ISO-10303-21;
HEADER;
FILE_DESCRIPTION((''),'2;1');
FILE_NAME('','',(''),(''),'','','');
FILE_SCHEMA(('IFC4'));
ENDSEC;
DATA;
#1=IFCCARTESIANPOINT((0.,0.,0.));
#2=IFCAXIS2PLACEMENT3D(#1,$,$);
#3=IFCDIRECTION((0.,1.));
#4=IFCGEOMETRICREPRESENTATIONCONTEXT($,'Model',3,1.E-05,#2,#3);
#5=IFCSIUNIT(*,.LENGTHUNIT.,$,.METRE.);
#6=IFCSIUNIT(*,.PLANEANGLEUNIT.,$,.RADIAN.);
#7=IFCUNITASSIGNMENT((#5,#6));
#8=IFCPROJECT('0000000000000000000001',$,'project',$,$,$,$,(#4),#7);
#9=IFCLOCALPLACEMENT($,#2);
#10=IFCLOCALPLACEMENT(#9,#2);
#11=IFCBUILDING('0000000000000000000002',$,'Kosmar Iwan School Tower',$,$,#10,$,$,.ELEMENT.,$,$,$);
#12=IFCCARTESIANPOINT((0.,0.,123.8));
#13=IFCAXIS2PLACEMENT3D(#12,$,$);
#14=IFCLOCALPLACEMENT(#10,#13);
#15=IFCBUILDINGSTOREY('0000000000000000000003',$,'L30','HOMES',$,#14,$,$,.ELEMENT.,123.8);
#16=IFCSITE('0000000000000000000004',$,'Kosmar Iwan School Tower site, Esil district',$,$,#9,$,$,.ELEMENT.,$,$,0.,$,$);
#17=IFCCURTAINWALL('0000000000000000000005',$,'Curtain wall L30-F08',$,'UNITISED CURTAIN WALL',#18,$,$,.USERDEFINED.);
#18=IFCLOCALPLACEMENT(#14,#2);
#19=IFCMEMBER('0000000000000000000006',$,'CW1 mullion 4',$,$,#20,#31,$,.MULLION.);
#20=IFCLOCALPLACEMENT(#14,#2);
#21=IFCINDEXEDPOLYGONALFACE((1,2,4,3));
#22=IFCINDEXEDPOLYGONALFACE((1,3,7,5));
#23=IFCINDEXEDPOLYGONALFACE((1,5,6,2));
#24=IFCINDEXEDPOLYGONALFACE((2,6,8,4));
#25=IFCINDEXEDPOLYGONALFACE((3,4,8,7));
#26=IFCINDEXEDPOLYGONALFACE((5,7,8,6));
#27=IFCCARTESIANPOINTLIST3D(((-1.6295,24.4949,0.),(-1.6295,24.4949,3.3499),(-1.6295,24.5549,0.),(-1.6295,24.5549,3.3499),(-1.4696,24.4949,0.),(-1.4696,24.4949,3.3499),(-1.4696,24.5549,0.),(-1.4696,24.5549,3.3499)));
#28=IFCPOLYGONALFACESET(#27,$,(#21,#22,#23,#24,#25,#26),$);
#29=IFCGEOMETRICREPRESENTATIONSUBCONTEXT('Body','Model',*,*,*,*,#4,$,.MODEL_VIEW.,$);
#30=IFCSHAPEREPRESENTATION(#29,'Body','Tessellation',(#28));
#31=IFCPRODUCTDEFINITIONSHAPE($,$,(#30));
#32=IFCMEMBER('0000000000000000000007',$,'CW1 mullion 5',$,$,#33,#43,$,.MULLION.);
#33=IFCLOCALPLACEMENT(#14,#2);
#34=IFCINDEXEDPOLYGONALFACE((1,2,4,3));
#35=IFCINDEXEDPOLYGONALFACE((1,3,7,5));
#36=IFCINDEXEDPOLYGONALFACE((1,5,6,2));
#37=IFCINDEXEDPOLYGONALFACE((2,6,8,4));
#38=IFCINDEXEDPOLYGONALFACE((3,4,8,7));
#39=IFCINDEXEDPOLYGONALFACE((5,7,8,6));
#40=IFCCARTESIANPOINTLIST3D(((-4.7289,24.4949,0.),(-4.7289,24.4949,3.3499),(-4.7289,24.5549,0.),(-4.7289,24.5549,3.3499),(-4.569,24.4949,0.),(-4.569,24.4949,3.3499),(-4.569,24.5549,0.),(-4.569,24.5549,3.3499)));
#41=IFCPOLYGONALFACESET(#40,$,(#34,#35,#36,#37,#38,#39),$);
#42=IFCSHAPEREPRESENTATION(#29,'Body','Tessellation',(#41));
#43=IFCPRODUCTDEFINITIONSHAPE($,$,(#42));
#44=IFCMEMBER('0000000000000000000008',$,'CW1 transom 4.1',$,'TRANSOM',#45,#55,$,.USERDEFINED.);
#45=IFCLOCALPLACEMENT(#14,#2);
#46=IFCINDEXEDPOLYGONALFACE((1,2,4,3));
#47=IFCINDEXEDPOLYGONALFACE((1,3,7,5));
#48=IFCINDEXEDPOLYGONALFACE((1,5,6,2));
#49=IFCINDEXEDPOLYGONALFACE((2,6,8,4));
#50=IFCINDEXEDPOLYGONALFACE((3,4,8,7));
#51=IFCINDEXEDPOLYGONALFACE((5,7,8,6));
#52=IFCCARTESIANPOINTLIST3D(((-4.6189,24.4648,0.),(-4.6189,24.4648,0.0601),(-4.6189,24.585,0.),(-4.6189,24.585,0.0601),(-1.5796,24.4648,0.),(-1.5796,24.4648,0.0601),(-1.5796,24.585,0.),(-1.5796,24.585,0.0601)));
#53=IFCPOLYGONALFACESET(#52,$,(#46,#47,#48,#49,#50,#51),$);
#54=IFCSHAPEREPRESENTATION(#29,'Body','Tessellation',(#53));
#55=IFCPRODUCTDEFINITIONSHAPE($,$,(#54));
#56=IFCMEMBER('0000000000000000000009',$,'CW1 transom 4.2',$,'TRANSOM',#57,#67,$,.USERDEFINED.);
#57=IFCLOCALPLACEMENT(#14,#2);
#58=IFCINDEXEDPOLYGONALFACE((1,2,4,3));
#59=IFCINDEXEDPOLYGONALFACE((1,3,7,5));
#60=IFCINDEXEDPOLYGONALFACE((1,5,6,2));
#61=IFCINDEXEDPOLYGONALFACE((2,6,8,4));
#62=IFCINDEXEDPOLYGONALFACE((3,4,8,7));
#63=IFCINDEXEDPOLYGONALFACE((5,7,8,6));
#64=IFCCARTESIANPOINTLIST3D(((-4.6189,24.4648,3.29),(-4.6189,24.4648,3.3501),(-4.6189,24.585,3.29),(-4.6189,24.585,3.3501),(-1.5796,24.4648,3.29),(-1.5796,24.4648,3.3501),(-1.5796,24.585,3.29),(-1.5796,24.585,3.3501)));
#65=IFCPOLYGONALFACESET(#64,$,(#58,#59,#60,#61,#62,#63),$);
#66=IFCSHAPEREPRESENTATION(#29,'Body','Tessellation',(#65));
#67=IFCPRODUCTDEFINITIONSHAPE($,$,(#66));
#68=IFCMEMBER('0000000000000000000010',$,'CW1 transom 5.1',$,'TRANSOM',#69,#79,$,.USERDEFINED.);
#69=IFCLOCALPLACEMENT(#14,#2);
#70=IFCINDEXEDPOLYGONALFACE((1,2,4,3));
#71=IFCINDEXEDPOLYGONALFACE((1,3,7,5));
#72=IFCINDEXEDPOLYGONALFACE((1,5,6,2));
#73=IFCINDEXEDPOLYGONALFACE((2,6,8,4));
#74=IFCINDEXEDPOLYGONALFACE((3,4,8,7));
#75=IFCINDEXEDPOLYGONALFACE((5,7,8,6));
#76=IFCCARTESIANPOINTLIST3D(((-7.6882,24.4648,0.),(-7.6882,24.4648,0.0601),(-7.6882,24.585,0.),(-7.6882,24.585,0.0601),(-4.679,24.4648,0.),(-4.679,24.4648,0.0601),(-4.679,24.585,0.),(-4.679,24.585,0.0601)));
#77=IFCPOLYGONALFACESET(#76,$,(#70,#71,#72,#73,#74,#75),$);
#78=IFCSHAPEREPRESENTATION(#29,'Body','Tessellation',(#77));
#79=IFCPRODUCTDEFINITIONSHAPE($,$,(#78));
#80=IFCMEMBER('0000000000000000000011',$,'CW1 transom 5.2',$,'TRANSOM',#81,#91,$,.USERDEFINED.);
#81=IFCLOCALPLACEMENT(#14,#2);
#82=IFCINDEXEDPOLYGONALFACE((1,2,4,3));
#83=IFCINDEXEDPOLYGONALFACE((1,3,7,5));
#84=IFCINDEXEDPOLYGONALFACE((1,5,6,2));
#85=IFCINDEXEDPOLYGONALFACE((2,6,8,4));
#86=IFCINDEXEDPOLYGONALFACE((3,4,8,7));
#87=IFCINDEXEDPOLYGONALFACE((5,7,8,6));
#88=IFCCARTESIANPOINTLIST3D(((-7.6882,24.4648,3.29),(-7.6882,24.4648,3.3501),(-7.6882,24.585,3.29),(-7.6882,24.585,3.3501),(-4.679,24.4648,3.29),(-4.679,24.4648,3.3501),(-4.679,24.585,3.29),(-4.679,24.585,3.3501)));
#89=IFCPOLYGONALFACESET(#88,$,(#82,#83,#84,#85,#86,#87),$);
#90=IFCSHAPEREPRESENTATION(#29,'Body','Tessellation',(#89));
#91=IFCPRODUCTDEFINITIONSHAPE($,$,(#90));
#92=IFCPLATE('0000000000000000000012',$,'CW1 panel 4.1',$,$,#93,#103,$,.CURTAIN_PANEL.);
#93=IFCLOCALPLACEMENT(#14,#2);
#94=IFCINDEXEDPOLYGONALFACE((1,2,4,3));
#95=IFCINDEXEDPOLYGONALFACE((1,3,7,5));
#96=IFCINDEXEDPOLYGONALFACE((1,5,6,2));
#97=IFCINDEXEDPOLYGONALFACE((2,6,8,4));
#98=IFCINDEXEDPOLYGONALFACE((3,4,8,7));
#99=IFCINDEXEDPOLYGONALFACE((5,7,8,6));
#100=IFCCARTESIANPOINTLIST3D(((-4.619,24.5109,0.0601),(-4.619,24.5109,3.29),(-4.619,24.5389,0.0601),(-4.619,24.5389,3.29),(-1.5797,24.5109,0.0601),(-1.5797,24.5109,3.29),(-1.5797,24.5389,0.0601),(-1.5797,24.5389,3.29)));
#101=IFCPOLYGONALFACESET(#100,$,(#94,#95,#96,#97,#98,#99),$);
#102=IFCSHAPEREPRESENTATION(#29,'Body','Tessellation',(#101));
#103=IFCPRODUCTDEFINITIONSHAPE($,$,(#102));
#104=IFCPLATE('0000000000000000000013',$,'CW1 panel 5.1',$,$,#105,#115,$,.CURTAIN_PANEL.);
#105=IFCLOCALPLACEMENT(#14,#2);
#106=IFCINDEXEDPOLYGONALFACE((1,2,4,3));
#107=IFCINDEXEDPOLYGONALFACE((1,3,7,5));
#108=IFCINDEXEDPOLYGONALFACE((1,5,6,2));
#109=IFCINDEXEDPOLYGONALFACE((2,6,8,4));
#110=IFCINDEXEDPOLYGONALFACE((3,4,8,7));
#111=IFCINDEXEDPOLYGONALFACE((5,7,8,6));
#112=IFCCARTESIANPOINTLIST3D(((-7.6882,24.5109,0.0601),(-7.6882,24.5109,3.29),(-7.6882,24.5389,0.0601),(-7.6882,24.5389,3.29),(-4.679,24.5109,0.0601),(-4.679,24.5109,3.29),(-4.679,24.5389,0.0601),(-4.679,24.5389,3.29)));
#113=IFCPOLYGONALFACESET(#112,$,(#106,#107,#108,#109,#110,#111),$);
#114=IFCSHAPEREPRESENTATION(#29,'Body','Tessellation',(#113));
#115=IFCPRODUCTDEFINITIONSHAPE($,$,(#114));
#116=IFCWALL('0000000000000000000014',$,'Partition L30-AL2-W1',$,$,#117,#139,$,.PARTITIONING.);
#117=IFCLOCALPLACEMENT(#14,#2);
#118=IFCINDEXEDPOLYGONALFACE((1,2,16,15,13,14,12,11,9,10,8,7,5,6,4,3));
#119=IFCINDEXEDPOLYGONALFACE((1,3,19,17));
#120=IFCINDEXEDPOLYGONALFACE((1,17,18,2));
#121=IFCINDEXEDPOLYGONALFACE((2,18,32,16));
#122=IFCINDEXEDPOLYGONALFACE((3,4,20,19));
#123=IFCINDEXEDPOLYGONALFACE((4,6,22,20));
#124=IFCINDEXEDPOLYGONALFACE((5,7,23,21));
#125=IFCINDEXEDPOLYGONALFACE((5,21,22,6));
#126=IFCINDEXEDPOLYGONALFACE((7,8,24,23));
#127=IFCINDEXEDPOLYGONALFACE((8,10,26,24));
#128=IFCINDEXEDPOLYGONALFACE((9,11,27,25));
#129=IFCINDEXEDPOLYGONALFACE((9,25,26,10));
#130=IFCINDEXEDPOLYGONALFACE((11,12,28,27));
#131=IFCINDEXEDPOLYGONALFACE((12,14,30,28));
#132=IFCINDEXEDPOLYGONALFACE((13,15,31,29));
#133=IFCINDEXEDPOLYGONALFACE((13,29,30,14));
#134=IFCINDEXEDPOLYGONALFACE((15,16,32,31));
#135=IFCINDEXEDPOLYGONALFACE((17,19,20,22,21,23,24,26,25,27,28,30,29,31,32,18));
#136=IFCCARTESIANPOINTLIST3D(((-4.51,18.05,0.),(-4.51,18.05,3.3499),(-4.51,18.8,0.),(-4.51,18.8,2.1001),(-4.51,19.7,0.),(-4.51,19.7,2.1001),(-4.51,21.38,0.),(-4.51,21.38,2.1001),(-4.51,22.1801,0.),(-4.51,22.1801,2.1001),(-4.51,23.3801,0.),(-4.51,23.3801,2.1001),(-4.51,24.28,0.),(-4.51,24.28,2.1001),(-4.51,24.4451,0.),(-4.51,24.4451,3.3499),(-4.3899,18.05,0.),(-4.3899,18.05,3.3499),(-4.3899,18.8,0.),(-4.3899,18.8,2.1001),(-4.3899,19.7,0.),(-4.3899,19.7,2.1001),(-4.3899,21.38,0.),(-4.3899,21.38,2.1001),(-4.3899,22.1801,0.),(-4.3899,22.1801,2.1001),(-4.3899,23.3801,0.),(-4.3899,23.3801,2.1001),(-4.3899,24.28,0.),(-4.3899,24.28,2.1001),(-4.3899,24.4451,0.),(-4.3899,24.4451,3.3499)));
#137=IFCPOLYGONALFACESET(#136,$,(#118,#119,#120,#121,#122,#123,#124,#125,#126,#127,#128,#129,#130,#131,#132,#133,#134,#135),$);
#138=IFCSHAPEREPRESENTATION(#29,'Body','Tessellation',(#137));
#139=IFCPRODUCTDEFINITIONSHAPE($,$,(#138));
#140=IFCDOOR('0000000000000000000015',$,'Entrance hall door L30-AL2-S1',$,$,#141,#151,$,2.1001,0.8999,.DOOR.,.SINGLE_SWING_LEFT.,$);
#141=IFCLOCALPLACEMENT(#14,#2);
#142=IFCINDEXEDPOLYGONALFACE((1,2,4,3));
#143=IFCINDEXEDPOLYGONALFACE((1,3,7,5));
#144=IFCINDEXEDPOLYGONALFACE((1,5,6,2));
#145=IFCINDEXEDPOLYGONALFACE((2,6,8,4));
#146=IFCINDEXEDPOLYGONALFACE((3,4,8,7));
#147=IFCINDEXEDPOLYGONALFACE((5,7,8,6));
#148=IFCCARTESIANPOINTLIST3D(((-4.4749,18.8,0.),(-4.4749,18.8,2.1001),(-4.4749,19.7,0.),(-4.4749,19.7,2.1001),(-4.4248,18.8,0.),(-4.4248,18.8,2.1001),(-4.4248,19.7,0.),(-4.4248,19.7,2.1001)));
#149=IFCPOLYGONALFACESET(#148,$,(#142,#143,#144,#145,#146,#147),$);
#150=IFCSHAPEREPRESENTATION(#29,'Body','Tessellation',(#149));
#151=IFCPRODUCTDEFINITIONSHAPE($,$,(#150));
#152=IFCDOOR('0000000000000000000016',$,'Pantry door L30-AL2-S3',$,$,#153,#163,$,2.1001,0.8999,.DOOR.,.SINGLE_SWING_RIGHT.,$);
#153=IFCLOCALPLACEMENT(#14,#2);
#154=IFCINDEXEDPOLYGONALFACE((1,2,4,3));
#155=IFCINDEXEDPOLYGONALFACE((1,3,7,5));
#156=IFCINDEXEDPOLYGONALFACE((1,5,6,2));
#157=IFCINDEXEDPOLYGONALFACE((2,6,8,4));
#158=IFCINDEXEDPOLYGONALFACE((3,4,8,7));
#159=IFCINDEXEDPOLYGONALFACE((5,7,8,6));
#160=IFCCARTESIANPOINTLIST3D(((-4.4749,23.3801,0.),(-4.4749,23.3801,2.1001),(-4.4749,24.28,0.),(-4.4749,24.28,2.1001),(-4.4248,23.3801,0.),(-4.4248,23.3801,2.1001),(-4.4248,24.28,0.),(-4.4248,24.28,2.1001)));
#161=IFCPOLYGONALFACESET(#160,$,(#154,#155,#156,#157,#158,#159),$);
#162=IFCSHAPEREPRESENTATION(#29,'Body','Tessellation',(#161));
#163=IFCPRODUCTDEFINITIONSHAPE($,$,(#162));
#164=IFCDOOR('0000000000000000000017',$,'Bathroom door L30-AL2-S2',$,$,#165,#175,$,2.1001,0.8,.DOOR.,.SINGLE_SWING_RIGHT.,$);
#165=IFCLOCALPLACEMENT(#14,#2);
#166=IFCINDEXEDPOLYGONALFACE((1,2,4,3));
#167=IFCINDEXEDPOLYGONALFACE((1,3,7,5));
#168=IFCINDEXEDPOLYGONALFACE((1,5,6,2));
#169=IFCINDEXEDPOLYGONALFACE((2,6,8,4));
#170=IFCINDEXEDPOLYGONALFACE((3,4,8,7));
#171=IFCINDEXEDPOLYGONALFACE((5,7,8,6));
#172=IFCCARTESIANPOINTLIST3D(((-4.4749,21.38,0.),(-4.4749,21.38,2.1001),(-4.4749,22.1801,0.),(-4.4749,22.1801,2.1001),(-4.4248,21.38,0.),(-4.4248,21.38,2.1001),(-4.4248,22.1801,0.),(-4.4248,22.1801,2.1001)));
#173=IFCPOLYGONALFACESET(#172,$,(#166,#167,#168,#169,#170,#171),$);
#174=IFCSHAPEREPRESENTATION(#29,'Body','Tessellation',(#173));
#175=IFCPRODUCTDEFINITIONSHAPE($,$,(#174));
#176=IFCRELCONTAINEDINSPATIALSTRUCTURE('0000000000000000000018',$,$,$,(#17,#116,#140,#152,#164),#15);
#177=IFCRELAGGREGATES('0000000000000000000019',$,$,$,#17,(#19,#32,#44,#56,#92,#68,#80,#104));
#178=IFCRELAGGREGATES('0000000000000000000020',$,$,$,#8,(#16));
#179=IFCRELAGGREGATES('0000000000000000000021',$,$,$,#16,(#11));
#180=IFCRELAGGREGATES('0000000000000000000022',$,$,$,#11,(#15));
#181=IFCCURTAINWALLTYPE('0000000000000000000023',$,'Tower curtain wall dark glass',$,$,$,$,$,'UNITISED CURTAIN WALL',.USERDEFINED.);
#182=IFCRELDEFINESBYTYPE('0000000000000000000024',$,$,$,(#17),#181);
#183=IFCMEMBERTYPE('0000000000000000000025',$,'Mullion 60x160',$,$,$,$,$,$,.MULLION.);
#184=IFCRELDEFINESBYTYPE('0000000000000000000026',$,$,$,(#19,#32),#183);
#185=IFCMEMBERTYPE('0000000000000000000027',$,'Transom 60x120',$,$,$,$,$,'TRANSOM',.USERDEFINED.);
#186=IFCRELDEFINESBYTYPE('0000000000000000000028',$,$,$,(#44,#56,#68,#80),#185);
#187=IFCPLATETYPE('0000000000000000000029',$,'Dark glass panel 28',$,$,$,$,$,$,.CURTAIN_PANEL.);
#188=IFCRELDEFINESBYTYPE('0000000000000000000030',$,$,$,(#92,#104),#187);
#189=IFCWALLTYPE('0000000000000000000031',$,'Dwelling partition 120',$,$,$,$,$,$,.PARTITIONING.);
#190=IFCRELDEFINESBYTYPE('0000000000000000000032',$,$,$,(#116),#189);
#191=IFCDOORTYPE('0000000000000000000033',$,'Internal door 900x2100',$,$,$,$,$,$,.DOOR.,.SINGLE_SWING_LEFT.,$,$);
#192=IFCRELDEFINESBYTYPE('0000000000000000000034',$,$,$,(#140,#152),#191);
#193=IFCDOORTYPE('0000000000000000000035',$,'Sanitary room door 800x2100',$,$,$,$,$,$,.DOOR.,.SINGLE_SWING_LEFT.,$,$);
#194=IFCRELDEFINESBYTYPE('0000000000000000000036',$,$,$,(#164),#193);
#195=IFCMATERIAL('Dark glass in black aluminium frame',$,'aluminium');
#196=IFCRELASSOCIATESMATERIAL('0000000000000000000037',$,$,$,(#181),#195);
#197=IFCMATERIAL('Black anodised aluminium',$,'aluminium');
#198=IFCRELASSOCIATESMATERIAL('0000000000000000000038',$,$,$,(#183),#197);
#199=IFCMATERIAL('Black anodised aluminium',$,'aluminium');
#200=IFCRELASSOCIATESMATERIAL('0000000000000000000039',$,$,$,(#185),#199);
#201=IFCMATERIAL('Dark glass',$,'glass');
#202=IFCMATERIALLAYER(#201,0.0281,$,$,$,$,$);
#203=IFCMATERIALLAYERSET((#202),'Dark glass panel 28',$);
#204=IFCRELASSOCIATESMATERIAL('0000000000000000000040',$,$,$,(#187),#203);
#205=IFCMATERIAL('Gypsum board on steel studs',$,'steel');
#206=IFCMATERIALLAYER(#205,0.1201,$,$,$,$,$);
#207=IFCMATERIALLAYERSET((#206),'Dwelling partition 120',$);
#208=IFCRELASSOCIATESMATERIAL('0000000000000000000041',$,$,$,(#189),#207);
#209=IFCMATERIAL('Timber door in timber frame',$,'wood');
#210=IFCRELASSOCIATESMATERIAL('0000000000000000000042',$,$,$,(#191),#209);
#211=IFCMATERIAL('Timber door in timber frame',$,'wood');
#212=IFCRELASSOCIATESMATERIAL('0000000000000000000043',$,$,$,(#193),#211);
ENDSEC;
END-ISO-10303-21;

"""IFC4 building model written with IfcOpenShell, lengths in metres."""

from ifc_helpers import new_model, si_unit, direction, frame, frame_2d, origin, origin_2d, place, context, subcontext, project, spatial, rectangle, extrude, material, layer, layer_set, material_profile, profile_set, type_object, element, fill, aggregate, save


model = new_model("IFC4")

# Units and contexts
model_context = context("Model", 3, precision=1e-05, world=origin(), true_north=direction((0.0, 1.0)))
body_context = subcontext(model_context, "Body", "Model", "MODEL_VIEW")
ifc_project = project(units=[si_unit("LENGTHUNIT", "METRE"), si_unit("PLANEANGLEUNIT", "RADIAN")], contexts=[model_context])

# Site, building, storey
site_placement = place(None, origin())
site = spatial("IfcSite", under=ifc_project, at=site_placement, Name="Kosmar Iwan School Tower site, Esil district", CompositionType="ELEMENT", RefElevation=0.0)
building_placement = place(site_placement, origin())
building = spatial("IfcBuilding", under=site, at=building_placement, Name="Kosmar Iwan School Tower", CompositionType="ELEMENT")
storey_placement = place(building_placement, frame((0.0, 0.0, 123.8)))
storey = spatial("IfcBuildingStorey", under=building, at=storey_placement, Name="L30", Description="HOMES", CompositionType="ELEMENT", Elevation=123.8)

# Curtain wall, members, plates
ifc_material_1 = material(Name="Dark glass in black aluminium frame", Category="aluminium")
curtain_wall_type = type_object("IfcCurtainWallType", Name="Tower curtain wall dark glass", ElementType="UNITISED CURTAIN WALL", PredefinedType="USERDEFINED", material=ifc_material_1)
curtain_wall_placement = place(storey_placement, origin())
curtain_wall = element("IfcCurtainWall", 1, at=curtain_wall_placement, inside=storey, type_object=curtain_wall_type, Name="Curtain wall L30-F08", ObjectType="UNITISED CURTAIN WALL", PredefinedType="USERDEFINED")
ifc_material_2 = material(Name="Black anodised aluminium", Category="aluminium")
ifc_material_profile_1 = material_profile(ifc_material_2, rectangle(XDim=0.0601, YDim=0.1599, at=origin_2d()), Name="MULLION 60x160")
ifc_profile_set_1 = profile_set([ifc_material_profile_1], Name="Black anodised aluminium")
member_type_1 = type_object("IfcMemberType", Name="Mullion 60x160", PredefinedType="MULLION", material=ifc_profile_set_1)
member_1_placement = place(storey_placement, frame((-1.5496, 24.5249, 0.0), z_axis=(0.0, 0.0, 1.0), x_axis=(0.0, -1.0, 0.0)))
member_1 = element("IfcMember", 2, at=member_1_placement, type_object=member_type_1, Name="CW1 mullion 4", PredefinedType="MULLION", context=body_context, shape_type="SweptSolid", body=[
    extrude(rectangle(XDim=0.0601, YDim=0.1599, at=origin_2d()), origin(), (0.0, 0.0, 1.0), 3.3499),
])
member_2_placement = place(storey_placement, frame((-4.6489, 24.5249, 0.0), z_axis=(0.0, 0.0, 1.0), x_axis=(0.0, -1.0, 0.0)))
member_2 = element("IfcMember", 3, at=member_2_placement, type_object=member_type_1, Name="CW1 mullion 5", PredefinedType="MULLION", context=body_context, shape_type="SweptSolid", body=[
    extrude(rectangle(XDim=0.0601, YDim=0.1599, at=origin_2d()), origin(), (0.0, 0.0, 1.0), 3.3499),
])
ifc_material_3 = material(Name="Black anodised aluminium", Category="aluminium")
ifc_material_profile_2 = material_profile(ifc_material_3, rectangle(XDim=0.1201, YDim=0.0601, at=origin_2d()), Name="TRANSOM 60x120")
ifc_profile_set_2 = profile_set([ifc_material_profile_2], Name="Black anodised aluminium")
member_type_2 = type_object("IfcMemberType", Name="Transom 60x120", ElementType="TRANSOM", PredefinedType="USERDEFINED", material=ifc_profile_set_2)
member_3_placement = place(storey_placement, frame((-1.5796, 24.5249, 0.03), z_axis=(-1.0, 0.0, 0.0), x_axis=(0.0, -1.0, 0.0)))
member_3 = element("IfcMember", 4, at=member_3_placement, type_object=member_type_2, Name="CW1 transom 4.1", ObjectType="TRANSOM", PredefinedType="USERDEFINED", context=body_context, shape_type="SweptSolid", body=[
    extrude(rectangle(XDim=0.1201, YDim=0.0601, at=origin_2d()), origin(), (0.0, 0.0, 1.0), 3.0393),
])
member_4_placement = place(storey_placement, frame((-1.5796, 24.5249, 3.3201), z_axis=(-1.0, 0.0, 0.0), x_axis=(0.0, -1.0, 0.0)))
member_4 = element("IfcMember", 5, at=member_4_placement, type_object=member_type_2, Name="CW1 transom 4.2", ObjectType="TRANSOM", PredefinedType="USERDEFINED", context=body_context, shape_type="SweptSolid", body=[
    extrude(rectangle(XDim=0.1201, YDim=0.0601, at=origin_2d()), origin(), (0.0, 0.0, 1.0), 3.0393),
])
member_5_placement = place(storey_placement, frame((-4.679, 24.5249, 0.03), z_axis=(-1.0, 0.0, 0.0), x_axis=(0.0, -1.0, 0.0)))
member_5 = element("IfcMember", 6, at=member_5_placement, type_object=member_type_2, Name="CW1 transom 5.1", ObjectType="TRANSOM", PredefinedType="USERDEFINED", context=body_context, shape_type="SweptSolid", body=[
    extrude(rectangle(XDim=0.1201, YDim=0.0601, at=origin_2d()), origin(), (0.0, 0.0, 1.0), 3.0093),
])
member_6_placement = place(storey_placement, frame((-4.679, 24.5249, 3.3201), z_axis=(-1.0, 0.0, 0.0), x_axis=(0.0, -1.0, 0.0)))
member_6 = element("IfcMember", 7, at=member_6_placement, type_object=member_type_2, Name="CW1 transom 5.2", ObjectType="TRANSOM", PredefinedType="USERDEFINED", context=body_context, shape_type="SweptSolid", body=[
    extrude(rectangle(XDim=0.1201, YDim=0.0601, at=origin_2d()), origin(), (0.0, 0.0, 1.0), 3.0093),
])
ifc_material_4 = material(Name="Dark glass", Category="glass")
ifc_layer_1 = layer(ifc_material_4, 0.0281)
ifc_layer_set_1 = layer_set([ifc_layer_1], Name="Dark glass panel 28")
plate_type = type_object("IfcPlateType", Name="Dark glass panel 28", PredefinedType="CURTAIN_PANEL", material=ifc_layer_set_1)
plate_1_placement = place(storey_placement, frame((-3.0994, 24.5249, 0.0601), z_axis=(0.0, 0.0, 1.0), x_axis=(-1.0, 0.0, 0.0)))
plate_1 = element("IfcPlate", 8, at=plate_1_placement, type_object=plate_type, Name="CW1 panel 4.1", PredefinedType="CURTAIN_PANEL", context=body_context, shape_type="SweptSolid", body=[
    extrude(rectangle(XDim=3.0393, YDim=0.0281, at=origin_2d()), origin(), (0.0, 0.0, 1.0), 3.23),
])
plate_2_placement = place(storey_placement, frame((-6.1836, 24.5249, 0.0601), z_axis=(0.0, 0.0, 1.0), x_axis=(-1.0, 0.0, 0.0)))
plate_2 = element("IfcPlate", 9, at=plate_2_placement, type_object=plate_type, Name="CW1 panel 5.1", PredefinedType="CURTAIN_PANEL", context=body_context, shape_type="SweptSolid", body=[
    extrude(rectangle(XDim=3.0093, YDim=0.0281, at=origin_2d()), origin(), (0.0, 0.0, 1.0), 3.23),
])
aggregate(curtain_wall, [member_1, member_2, member_3, member_4, plate_1, member_5, member_6, plate_2])

# Wall, openings, doors
ifc_material_5 = material(Name="Gypsum board on steel studs", Category="steel")
ifc_layer_2 = layer(ifc_material_5, 0.1201)
ifc_layer_set_2 = layer_set([ifc_layer_2], Name="Dwelling partition 120")
wall_type = type_object("IfcWallType", Name="Dwelling partition 120", PredefinedType="PARTITIONING", material=ifc_layer_set_2)
wall_1_placement = place(storey_placement, frame((-4.45, 18.05, 0.0), z_axis=(0.0, 0.0, 1.0), x_axis=(0.0, 1.0, 0.0)))
wall_1 = element("IfcWall", 10, at=wall_1_placement, inside=storey, type_object=wall_type, Name="Partition L30-AL2-W1", PredefinedType="PARTITIONING", context=body_context, shape_type="SweptSolid", body=[
    extrude(rectangle(XDim=6.395, YDim=0.1201, at=frame_2d((3.1975, 0.0))), origin(), (0.0, 0.0, 1.0), 3.3499),
])
opening_1_placement = place(wall_1_placement, frame((0.75, 0.0, 0.0)))
opening_1 = element("IfcOpeningElement", 11, at=opening_1_placement, cuts=wall_1, PredefinedType="OPENING", context=body_context, shape_type="SweptSolid", body=[
    extrude(rectangle(XDim=0.8999, YDim=2.1001, at=frame_2d((0.45, 1.05))), frame((0.0, 0.072, 0.0), z_axis=(0.0, -1.0, 0.0), x_axis=(1.0, 0.0, 0.0)), (0.0, 0.0, 1.0), 0.144),
])
opening_2_placement = place(wall_1_placement, frame((3.3301, 0.0, 0.0)))
opening_2 = element("IfcOpeningElement", 12, at=opening_2_placement, cuts=wall_1, PredefinedType="OPENING", context=body_context, shape_type="SweptSolid", body=[
    extrude(rectangle(XDim=0.8, YDim=2.1001, at=frame_2d((0.3999, 1.05))), frame((0.0, 0.072, 0.0), z_axis=(0.0, -1.0, 0.0), x_axis=(1.0, 0.0, 0.0)), (0.0, 0.0, 1.0), 0.144),
])
opening_3_placement = place(wall_1_placement, frame((5.3301, 0.0, 0.0)))
opening_3 = element("IfcOpeningElement", 13, at=opening_3_placement, cuts=wall_1, PredefinedType="OPENING", context=body_context, shape_type="SweptSolid", body=[
    extrude(rectangle(XDim=0.8999, YDim=2.1001, at=frame_2d((0.45, 1.05))), frame((0.0, 0.072, 0.0), z_axis=(0.0, -1.0, 0.0), x_axis=(1.0, 0.0, 0.0)), (0.0, 0.0, 1.0), 0.144),
])
ifc_material_6 = material(Name="Timber door in timber frame", Category="wood")
door_type_1 = type_object("IfcDoorType", Name="Internal door 900x2100", OperationType="SINGLE_SWING_LEFT", PredefinedType="DOOR", material=ifc_material_6)
door_1_placement = place(opening_1_placement, origin())
door_1 = element("IfcDoor", 14, at=door_1_placement, inside=storey, type_object=door_type_1, Name="Entrance hall door L30-AL2-S1", OperationType="SINGLE_SWING_LEFT", OverallHeight=2.1001, OverallWidth=0.8999, PredefinedType="DOOR", context=body_context, shape_type="SweptSolid", body=[
    extrude(rectangle(XDim=0.8999, YDim=2.1001, at=frame_2d((0.45, 1.05))), frame((0.0, 0.0249, 0.0), z_axis=(0.0, -1.0, 0.0), x_axis=(1.0, 0.0, 0.0)), (0.0, 0.0, 1.0), 0.05),
])
fill(opening_1, door_1)
door_2_placement = place(opening_3_placement, origin())
door_2 = element("IfcDoor", 15, at=door_2_placement, inside=storey, type_object=door_type_1, Name="Pantry door L30-AL2-S3", OperationType="SINGLE_SWING_RIGHT", OverallHeight=2.1001, OverallWidth=0.8999, PredefinedType="DOOR", context=body_context, shape_type="SweptSolid", body=[
    extrude(rectangle(XDim=0.8999, YDim=2.1001, at=frame_2d((0.45, 1.05))), frame((0.0, 0.0249, 0.0), z_axis=(0.0, -1.0, 0.0), x_axis=(1.0, 0.0, 0.0)), (0.0, 0.0, 1.0), 0.05),
])
fill(opening_3, door_2)
ifc_material_7 = material(Name="Timber door in timber frame", Category="wood")
door_type_2 = type_object("IfcDoorType", Name="Sanitary room door 800x2100", OperationType="SINGLE_SWING_LEFT", PredefinedType="DOOR", material=ifc_material_7)
door_3_placement = place(opening_2_placement, origin())
door_3 = element("IfcDoor", 16, at=door_3_placement, inside=storey, type_object=door_type_2, Name="Bathroom door L30-AL2-S2", OperationType="SINGLE_SWING_RIGHT", OverallHeight=2.1001, OverallWidth=0.8, PredefinedType="DOOR", context=body_context, shape_type="SweptSolid", body=[
    extrude(rectangle(XDim=0.8, YDim=2.1001, at=frame_2d((0.3999, 1.05))), frame((0.0, 0.0249, 0.0), z_axis=(0.0, -1.0, 0.0), x_axis=(1.0, 0.0, 0.0)), (0.0, 0.0, 1.0), 0.05),
])
fill(opening_2, door_3)

save(model, "model.ifc")
